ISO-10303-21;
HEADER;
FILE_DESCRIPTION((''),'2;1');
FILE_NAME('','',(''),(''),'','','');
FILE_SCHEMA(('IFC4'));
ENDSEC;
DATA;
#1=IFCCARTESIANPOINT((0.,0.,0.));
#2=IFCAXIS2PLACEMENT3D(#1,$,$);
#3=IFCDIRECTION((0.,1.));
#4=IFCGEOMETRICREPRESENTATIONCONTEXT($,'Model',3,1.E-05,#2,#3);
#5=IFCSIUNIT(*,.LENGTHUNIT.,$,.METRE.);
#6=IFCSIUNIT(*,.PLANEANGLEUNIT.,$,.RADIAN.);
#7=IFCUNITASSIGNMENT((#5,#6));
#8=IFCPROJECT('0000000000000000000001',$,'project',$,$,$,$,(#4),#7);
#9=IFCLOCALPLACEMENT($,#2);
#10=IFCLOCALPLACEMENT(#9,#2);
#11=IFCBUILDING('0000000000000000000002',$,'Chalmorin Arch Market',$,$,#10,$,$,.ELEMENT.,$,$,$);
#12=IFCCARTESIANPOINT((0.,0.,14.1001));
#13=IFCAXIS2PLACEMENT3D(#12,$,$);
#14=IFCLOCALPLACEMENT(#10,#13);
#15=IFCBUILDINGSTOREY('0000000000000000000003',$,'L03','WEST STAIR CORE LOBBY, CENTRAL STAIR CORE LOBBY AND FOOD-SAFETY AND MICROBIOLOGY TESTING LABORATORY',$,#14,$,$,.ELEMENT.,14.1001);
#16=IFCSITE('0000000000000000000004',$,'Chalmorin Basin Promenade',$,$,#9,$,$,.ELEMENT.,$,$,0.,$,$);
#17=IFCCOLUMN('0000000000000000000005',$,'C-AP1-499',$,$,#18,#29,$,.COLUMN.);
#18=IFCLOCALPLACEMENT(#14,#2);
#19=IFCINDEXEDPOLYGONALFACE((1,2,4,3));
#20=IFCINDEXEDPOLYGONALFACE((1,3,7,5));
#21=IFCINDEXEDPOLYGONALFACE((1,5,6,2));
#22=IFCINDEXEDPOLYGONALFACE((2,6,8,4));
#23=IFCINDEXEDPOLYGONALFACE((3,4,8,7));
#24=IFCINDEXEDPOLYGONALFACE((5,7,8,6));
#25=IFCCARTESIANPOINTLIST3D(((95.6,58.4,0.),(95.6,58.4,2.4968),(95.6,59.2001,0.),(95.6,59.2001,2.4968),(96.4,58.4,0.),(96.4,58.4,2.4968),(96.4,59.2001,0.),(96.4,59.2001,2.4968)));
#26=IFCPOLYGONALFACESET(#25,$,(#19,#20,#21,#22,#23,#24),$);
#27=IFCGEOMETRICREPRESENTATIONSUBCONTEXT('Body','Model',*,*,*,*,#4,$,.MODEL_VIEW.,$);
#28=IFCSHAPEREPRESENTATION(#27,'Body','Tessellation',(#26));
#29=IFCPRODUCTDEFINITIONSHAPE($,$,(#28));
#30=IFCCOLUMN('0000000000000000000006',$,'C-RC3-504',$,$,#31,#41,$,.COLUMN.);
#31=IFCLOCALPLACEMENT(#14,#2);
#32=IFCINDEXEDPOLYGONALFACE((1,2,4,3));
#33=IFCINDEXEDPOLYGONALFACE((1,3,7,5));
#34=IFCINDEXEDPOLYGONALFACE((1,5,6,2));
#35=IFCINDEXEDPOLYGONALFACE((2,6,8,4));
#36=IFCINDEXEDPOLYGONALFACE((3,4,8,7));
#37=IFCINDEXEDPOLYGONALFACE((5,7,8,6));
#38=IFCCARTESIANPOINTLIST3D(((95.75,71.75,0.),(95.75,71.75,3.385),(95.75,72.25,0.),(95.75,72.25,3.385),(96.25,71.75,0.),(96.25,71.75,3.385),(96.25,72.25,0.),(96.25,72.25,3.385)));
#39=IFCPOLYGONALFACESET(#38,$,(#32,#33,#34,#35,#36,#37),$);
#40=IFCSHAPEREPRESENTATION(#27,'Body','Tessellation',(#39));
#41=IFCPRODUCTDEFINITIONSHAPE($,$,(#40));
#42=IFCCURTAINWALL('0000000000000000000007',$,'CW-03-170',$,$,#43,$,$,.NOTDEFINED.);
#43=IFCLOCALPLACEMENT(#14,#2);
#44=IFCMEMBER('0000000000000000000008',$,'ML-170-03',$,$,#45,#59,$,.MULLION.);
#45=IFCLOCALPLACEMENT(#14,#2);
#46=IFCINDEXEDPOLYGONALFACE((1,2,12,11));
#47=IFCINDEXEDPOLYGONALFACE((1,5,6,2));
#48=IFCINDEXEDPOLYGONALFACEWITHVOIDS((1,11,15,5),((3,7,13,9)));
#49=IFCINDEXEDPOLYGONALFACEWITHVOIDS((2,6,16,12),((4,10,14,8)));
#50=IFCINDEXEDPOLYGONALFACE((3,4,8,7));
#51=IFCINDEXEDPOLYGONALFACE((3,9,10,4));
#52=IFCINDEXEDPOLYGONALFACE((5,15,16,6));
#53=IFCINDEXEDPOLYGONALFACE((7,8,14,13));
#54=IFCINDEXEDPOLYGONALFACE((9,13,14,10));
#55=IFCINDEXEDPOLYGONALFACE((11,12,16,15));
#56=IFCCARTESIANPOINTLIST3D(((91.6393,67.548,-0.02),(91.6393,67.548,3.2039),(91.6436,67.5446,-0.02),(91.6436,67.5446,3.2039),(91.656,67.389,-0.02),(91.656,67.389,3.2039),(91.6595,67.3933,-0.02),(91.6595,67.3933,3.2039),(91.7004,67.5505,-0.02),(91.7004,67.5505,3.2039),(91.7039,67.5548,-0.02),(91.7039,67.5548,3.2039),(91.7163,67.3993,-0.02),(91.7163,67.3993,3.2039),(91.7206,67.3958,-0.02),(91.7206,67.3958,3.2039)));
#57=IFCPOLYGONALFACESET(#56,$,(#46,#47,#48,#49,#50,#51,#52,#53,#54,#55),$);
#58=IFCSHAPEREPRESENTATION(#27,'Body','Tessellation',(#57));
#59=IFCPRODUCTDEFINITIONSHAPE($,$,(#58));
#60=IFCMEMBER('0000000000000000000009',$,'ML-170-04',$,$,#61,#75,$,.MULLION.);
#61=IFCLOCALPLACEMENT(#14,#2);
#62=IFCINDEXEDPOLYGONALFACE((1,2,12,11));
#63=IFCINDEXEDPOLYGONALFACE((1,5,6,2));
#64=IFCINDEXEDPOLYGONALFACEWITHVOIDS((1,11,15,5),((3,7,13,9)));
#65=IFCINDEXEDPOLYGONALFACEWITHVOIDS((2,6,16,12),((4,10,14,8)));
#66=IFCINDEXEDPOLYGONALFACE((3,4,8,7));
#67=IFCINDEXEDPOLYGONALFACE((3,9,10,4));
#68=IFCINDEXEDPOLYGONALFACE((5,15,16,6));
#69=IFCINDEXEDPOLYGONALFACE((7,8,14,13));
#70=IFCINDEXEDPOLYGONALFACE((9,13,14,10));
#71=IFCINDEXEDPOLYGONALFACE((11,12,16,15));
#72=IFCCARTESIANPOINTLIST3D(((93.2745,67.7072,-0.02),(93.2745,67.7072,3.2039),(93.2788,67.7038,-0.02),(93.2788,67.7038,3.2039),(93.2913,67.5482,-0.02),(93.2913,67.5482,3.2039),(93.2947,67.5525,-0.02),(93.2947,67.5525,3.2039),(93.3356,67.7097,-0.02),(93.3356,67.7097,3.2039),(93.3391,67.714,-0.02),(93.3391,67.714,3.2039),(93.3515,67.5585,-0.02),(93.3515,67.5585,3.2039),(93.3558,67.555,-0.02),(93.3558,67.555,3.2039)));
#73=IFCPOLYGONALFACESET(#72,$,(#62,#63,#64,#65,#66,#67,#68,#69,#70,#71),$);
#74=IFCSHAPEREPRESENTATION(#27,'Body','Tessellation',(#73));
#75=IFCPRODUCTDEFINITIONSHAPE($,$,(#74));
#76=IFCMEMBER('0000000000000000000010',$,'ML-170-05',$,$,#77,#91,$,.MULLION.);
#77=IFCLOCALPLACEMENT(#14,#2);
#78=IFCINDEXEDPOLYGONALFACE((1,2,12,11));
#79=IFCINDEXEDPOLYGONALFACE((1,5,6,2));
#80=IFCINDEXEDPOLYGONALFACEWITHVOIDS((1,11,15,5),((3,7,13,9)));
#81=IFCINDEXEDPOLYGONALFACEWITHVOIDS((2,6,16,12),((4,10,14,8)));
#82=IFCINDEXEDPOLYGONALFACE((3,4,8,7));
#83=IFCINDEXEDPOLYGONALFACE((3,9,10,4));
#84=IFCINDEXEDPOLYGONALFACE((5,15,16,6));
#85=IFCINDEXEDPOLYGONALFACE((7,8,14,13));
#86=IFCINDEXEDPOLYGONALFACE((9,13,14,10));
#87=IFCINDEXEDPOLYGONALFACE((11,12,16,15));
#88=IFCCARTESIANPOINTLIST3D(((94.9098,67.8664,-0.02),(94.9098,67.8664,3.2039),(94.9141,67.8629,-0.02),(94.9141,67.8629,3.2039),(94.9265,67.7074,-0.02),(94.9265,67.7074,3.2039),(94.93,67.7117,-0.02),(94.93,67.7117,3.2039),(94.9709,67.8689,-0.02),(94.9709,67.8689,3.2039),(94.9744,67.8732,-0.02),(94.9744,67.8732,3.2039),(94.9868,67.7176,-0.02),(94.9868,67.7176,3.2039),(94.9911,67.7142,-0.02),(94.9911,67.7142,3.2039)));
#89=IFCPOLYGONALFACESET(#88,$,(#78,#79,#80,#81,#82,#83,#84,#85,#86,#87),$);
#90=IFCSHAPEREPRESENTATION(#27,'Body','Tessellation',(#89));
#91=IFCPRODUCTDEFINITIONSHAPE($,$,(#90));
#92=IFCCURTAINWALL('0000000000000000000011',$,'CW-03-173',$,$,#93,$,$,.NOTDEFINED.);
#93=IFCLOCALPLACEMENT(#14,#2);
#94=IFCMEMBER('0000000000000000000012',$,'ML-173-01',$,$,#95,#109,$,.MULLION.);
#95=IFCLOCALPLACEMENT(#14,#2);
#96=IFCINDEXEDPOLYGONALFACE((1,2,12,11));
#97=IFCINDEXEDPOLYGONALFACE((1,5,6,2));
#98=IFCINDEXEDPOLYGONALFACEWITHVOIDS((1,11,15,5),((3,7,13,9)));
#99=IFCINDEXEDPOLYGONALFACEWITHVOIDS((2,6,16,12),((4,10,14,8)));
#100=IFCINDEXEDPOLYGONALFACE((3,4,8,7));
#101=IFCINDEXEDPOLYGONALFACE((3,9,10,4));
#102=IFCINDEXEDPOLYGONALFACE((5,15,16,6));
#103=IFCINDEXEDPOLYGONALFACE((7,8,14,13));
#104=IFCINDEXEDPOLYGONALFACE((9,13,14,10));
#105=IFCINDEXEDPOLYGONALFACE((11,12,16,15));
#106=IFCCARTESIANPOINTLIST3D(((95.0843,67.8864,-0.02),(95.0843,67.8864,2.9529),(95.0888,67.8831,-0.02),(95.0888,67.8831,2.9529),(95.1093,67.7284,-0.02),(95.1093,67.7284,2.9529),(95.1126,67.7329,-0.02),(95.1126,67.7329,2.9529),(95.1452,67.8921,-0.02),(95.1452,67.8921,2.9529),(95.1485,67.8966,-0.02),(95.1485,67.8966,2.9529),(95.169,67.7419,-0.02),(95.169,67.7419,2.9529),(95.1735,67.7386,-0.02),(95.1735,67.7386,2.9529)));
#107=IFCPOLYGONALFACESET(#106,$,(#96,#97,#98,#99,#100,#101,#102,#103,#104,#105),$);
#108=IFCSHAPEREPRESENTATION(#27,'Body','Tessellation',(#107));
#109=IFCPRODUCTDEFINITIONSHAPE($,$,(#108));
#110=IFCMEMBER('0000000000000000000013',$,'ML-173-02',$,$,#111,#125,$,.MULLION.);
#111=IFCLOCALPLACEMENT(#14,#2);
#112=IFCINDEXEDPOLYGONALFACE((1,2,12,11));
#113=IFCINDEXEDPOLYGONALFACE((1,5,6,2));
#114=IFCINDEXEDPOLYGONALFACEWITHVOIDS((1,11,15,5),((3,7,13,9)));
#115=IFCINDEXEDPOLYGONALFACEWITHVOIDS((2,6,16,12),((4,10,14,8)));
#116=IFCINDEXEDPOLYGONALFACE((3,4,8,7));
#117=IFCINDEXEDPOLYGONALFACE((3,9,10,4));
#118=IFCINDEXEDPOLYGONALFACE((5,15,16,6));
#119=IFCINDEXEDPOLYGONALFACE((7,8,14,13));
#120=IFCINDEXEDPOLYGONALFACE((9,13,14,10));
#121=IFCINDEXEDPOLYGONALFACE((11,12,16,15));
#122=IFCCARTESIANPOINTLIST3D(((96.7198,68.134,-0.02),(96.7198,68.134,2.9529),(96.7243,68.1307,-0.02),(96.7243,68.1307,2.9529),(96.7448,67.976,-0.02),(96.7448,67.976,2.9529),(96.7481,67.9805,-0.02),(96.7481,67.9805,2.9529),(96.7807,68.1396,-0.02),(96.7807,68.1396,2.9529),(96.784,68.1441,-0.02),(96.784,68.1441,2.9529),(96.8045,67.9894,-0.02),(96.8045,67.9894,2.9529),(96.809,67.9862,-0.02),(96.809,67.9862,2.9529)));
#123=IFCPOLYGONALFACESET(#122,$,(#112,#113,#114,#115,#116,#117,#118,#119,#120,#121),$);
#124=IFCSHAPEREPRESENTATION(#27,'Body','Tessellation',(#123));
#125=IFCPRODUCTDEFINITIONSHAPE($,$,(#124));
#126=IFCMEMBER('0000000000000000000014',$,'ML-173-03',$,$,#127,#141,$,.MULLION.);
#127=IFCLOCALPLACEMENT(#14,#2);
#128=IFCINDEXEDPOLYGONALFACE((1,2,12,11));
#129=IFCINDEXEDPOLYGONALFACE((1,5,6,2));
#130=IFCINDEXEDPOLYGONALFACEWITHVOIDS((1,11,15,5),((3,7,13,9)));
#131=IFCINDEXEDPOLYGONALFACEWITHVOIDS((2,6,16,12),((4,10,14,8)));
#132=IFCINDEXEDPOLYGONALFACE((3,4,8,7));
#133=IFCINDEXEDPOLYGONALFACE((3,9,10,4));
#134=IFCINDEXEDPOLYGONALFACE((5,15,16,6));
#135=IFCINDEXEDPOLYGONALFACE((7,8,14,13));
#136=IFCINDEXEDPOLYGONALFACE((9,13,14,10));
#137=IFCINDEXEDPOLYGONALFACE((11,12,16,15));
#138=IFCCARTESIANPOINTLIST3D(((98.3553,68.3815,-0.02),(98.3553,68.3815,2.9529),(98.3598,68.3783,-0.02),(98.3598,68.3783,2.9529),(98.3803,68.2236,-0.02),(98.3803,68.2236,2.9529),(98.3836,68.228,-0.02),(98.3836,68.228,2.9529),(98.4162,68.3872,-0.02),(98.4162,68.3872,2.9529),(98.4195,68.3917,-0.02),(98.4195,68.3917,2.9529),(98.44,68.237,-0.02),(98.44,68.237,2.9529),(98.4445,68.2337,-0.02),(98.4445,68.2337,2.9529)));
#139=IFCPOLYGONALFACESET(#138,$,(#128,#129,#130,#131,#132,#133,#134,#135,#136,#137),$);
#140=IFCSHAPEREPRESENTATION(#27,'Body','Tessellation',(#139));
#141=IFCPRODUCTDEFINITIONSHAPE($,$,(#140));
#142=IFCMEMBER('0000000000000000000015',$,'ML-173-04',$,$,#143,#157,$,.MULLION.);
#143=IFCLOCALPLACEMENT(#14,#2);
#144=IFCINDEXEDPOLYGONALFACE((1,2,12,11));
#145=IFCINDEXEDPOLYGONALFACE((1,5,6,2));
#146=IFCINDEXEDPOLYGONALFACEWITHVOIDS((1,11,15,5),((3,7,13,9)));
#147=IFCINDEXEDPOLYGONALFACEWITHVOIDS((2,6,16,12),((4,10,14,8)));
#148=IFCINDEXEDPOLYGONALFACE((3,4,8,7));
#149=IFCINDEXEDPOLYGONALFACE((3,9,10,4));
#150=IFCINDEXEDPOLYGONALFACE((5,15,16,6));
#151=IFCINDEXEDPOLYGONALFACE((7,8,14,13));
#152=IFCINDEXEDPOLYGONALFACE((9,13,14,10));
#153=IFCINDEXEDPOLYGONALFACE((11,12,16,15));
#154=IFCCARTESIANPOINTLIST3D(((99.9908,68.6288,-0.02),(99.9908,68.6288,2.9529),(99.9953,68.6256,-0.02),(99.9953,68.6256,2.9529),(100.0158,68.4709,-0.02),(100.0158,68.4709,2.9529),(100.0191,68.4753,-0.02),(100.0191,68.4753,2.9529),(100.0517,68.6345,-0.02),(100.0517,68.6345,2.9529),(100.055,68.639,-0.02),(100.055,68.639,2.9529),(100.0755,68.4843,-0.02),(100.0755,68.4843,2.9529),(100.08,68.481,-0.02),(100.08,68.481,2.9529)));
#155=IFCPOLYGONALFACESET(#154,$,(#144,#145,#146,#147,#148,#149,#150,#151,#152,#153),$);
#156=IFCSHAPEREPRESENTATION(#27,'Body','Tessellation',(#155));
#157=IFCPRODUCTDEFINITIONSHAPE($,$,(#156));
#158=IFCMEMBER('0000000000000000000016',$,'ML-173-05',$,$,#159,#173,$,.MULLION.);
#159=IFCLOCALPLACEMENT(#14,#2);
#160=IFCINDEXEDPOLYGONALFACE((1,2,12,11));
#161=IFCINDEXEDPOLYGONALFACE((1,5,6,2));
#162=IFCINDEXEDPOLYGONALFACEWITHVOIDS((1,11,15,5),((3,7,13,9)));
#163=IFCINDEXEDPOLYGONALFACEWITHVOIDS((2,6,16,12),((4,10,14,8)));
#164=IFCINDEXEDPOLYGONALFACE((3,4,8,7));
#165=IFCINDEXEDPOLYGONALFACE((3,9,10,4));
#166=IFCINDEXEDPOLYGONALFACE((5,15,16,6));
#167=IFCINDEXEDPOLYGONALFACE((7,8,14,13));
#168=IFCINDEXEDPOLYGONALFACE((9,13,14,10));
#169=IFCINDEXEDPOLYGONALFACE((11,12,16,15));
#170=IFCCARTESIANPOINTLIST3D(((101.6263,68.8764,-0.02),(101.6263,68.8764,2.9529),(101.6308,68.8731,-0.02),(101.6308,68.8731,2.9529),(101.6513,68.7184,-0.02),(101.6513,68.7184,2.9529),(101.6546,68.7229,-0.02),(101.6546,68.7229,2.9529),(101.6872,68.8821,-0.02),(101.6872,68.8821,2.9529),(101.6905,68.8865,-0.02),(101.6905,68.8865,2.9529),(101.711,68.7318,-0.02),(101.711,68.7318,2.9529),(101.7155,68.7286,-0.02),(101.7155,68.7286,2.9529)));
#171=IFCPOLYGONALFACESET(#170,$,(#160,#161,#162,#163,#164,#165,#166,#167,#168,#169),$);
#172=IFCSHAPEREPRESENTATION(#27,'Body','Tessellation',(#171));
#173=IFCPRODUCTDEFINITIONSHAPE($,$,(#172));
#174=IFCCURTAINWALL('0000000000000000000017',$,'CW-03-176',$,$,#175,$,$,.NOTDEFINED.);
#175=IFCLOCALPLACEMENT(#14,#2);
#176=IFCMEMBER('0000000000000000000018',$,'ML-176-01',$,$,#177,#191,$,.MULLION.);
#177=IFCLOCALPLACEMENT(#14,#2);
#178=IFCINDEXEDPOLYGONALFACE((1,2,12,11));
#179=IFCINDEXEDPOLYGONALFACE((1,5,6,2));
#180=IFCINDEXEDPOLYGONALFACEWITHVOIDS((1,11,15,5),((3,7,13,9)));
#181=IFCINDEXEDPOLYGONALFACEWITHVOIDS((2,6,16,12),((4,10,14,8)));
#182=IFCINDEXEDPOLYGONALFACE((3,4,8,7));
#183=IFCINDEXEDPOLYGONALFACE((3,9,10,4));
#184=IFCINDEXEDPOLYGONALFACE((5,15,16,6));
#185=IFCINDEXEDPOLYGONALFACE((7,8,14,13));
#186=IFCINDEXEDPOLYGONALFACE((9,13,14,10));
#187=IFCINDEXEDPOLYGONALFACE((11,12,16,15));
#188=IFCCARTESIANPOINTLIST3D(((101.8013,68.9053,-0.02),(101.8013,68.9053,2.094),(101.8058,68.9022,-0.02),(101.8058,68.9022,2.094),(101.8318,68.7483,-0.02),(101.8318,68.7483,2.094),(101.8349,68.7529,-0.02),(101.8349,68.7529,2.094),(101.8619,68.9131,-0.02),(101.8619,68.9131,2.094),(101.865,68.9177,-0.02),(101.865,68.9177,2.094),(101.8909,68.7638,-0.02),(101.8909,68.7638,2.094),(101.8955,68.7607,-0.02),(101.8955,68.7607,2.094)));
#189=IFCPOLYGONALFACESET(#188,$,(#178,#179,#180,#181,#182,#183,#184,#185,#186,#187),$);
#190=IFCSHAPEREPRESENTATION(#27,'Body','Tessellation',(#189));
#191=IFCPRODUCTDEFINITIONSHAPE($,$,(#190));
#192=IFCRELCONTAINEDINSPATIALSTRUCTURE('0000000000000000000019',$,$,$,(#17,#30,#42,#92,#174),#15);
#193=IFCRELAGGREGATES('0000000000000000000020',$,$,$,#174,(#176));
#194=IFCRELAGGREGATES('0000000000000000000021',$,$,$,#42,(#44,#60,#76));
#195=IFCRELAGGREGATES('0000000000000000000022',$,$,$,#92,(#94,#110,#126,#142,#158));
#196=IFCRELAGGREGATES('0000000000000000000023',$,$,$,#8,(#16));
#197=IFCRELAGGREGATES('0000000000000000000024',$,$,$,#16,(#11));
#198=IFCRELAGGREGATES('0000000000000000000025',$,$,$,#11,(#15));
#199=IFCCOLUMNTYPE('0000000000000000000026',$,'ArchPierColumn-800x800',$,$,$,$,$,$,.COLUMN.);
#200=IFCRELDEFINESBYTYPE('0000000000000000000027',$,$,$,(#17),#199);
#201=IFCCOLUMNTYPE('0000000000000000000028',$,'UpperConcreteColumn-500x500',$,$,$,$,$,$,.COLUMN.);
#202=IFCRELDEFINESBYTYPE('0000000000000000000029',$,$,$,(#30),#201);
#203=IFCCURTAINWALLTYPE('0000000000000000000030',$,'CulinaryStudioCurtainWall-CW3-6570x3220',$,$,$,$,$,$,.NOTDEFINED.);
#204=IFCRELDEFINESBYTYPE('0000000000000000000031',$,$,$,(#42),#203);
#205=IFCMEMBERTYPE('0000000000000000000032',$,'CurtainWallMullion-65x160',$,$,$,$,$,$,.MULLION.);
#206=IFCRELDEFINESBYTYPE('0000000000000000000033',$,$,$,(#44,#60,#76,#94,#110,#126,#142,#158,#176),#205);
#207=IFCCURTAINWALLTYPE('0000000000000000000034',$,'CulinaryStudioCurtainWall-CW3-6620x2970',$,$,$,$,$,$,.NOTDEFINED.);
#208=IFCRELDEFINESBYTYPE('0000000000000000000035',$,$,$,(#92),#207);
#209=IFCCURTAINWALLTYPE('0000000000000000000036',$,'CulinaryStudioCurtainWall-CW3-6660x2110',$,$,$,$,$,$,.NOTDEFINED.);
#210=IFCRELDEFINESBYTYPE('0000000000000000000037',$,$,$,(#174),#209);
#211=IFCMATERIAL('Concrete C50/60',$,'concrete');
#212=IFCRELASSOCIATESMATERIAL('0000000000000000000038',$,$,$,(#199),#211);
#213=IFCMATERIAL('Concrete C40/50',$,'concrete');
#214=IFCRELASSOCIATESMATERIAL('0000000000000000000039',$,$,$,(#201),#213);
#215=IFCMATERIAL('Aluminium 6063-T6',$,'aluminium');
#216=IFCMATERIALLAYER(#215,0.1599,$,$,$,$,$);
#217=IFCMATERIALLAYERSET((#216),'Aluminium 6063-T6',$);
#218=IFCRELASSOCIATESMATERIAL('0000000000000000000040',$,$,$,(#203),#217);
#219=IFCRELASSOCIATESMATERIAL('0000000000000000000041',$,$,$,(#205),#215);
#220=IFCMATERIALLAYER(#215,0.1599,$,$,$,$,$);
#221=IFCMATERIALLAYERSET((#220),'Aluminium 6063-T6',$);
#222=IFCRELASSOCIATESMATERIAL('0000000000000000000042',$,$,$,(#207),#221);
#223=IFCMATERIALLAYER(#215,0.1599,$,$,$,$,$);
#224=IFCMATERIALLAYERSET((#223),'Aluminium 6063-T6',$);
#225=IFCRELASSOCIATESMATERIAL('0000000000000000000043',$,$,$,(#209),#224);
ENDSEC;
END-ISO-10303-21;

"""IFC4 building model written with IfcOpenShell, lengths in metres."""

from ifc_helpers import new_model, si_unit, direction, frame, origin, origin_2d, place, context, subcontext, project, spatial, rectangle, hollow_rectangle, extrude, material, layer, layer_set, material_profile, profile_set, type_object, element, aggregate, save


model = new_model("IFC4")

# Units and contexts
model_context = context("Model", 3, precision=1e-05, world=origin(), true_north=direction((0.0, 1.0)))
body_context = subcontext(model_context, "Body", "Model", "MODEL_VIEW")
ifc_project = project(units=[si_unit("LENGTHUNIT", "METRE"), si_unit("PLANEANGLEUNIT", "RADIAN")], contexts=[model_context])

# Site, building, storey
site_placement = place(None, origin())
site = spatial("IfcSite", under=ifc_project, at=site_placement, Name="Chalmorin Basin Promenade", CompositionType="ELEMENT", RefElevation=0.0)
building_placement = place(site_placement, origin())
building = spatial("IfcBuilding", under=site, at=building_placement, Name="Chalmorin Arch Market", CompositionType="ELEMENT")
storey_placement = place(building_placement, frame((0.0, 0.0, 14.1001)))
storey = spatial("IfcBuildingStorey", under=building, at=storey_placement, Name="L03", Description="WEST STAIR CORE LOBBY, CENTRAL STAIR CORE LOBBY AND FOOD-SAFETY AND MICROBIOLOGY TESTING LABORATORY", CompositionType="ELEMENT", Elevation=14.1001)

# Columns
ifc_material_1 = material(Name="Concrete C50/60", Category="concrete")
ifc_material_profile_1 = material_profile(ifc_material_1, rectangle(XDim=0.8, YDim=0.8, at=origin_2d()), Name="RC800X800")
ifc_profile_set_1 = profile_set([ifc_material_profile_1], Name="Concrete C50/60")
column_type_1 = type_object("IfcColumnType", Name="ArchPierColumn-800x800", PredefinedType="COLUMN", material=ifc_profile_set_1)
column_1_placement = place(storey_placement, frame((96.0, 58.8, 0.0), z_axis=(0.0, 0.0, 1.0), x_axis=(1.0, 0.0, 0.0)))
element("IfcColumn", 1, at=column_1_placement, inside=storey, type_object=column_type_1, Name="C-AP1-499", PredefinedType="COLUMN", context=body_context, shape_type="SweptSolid", body=[
    extrude(rectangle(XDim=0.8, YDim=0.8, at=origin_2d()), origin(), (0.0, 0.0, 1.0), 2.4968),
])
ifc_material_2 = material(Name="Concrete C40/50", Category="concrete")
ifc_material_profile_2 = material_profile(ifc_material_2, rectangle(XDim=0.5, YDim=0.5, at=origin_2d()), Name="RC500X500")
ifc_profile_set_2 = profile_set([ifc_material_profile_2], Name="Concrete C40/50")
column_type_2 = type_object("IfcColumnType", Name="UpperConcreteColumn-500x500", PredefinedType="COLUMN", material=ifc_profile_set_2)
column_2_placement = place(storey_placement, frame((96.0, 72.0, 0.0), z_axis=(0.0, 0.0, 1.0), x_axis=(1.0, 0.0, 0.0)))
element("IfcColumn", 2, at=column_2_placement, inside=storey, type_object=column_type_2, Name="C-RC3-504", PredefinedType="COLUMN", context=body_context, shape_type="SweptSolid", body=[
    extrude(rectangle(XDim=0.5, YDim=0.5, at=origin_2d()), origin(), (0.0, 0.0, 1.0), 3.385),
])

# Curtain walls, members
ifc_material_3 = material(Name="Aluminium 6063-T6", Category="aluminium")
ifc_layer_1 = layer(ifc_material_3, 0.1599)
ifc_layer_set_1 = layer_set([ifc_layer_1], Name="Aluminium 6063-T6")
curtain_wall_type_1 = type_object("IfcCurtainWallType", Name="CulinaryStudioCurtainWall-CW3-6570x3220", PredefinedType="NOTDEFINED", material=ifc_layer_set_1)
curtain_wall_1_placement = place(storey_placement, origin())
curtain_wall_1 = element("IfcCurtainWall", 3, at=curtain_wall_1_placement, inside=storey, type_object=curtain_wall_type_1, Name="CW-03-170", PredefinedType="NOTDEFINED")
ifc_material_profile_3 = material_profile(ifc_material_3, hollow_rectangle(XDim=0.0649, YDim=0.1599, WallThickness=0.0039, at=origin_2d()), Name="ALU65X160X4")
ifc_profile_set_3 = profile_set([ifc_material_profile_3], Name="Aluminium 6063-T6")
member_type_1 = type_object("IfcMemberType", Name="CurtainWallMullion-65x160", PredefinedType="MULLION", material=ifc_profile_set_3)
member_1_placement = place(storey_placement, frame((91.6799, 67.4719, -0.02), z_axis=(0.0, 0.0, 1.0), x_axis=(0.994522, 0.104528, 0.0)))
member_1 = element("IfcMember", 4, at=member_1_placement, type_object=member_type_1, Name="ML-170-03", PredefinedType="MULLION", context=body_context, shape_type="SweptSolid", body=[
    extrude(hollow_rectangle(XDim=0.0649, YDim=0.1599, WallThickness=0.0039, at=origin_2d()), origin(), (0.0, 0.0, 1.0), 3.2239),
])
member_2_placement = place(storey_placement, frame((93.3152, 67.6311, -0.02), z_axis=(0.0, 0.0, 1.0), x_axis=(0.994522, 0.104528, 0.0)))
member_2 = element("IfcMember", 5, at=member_2_placement, type_object=member_type_1, Name="ML-170-04", PredefinedType="MULLION", context=body_context, shape_type="SweptSolid", body=[
    extrude(hollow_rectangle(XDim=0.0649, YDim=0.1599, WallThickness=0.0039, at=origin_2d()), origin(), (0.0, 0.0, 1.0), 3.2239),
])
member_3_placement = place(storey_placement, frame((94.9504, 67.7903, -0.02), z_axis=(0.0, 0.0, 1.0), x_axis=(0.994522, 0.104528, 0.0)))
member_3 = element("IfcMember", 6, at=member_3_placement, type_object=member_type_1, Name="ML-170-05", PredefinedType="MULLION", context=body_context, shape_type="SweptSolid", body=[
    extrude(hollow_rectangle(XDim=0.0649, YDim=0.1599, WallThickness=0.0039, at=origin_2d()), origin(), (0.0, 0.0, 1.0), 3.2239),
])
ifc_layer_2 = layer(ifc_material_3, 0.1599)
ifc_layer_set_2 = layer_set([ifc_layer_2], Name="Aluminium 6063-T6")
curtain_wall_type_2 = type_object("IfcCurtainWallType", Name="CulinaryStudioCurtainWall-CW3-6620x2970", PredefinedType="NOTDEFINED", material=ifc_layer_set_2)
curtain_wall_2_placement = place(storey_placement, origin())
curtain_wall_2 = element("IfcCurtainWall", 7, at=curtain_wall_2_placement, inside=storey, type_object=curtain_wall_type_2, Name="CW-03-173", PredefinedType="NOTDEFINED")
member_4_placement = place(storey_placement, frame((95.1289, 67.8125, -0.02), z_axis=(0.0, 0.0, 1.0), x_axis=(0.987688, 0.156434, 0.0)))
member_4 = element("IfcMember", 8, at=member_4_placement, type_object=member_type_1, Name="ML-173-01", PredefinedType="MULLION", context=body_context, shape_type="SweptSolid", body=[
    extrude(hollow_rectangle(XDim=0.0649, YDim=0.1599, WallThickness=0.0039, at=origin_2d()), origin(), (0.0, 0.0, 1.0), 2.9729),
])
member_5_placement = place(storey_placement, frame((96.7644, 68.0601, -0.02), z_axis=(0.0, 0.0, 1.0), x_axis=(0.987688, 0.156434, 0.0)))
member_5 = element("IfcMember", 9, at=member_5_placement, type_object=member_type_1, Name="ML-173-02", PredefinedType="MULLION", context=body_context, shape_type="SweptSolid", body=[
    extrude(hollow_rectangle(XDim=0.0649, YDim=0.1599, WallThickness=0.0039, at=origin_2d()), origin(), (0.0, 0.0, 1.0), 2.9729),
])
member_6_placement = place(storey_placement, frame((98.3999, 68.3076, -0.02), z_axis=(0.0, 0.0, 1.0), x_axis=(0.987688, 0.156434, 0.0)))
member_6 = element("IfcMember", 10, at=member_6_placement, type_object=member_type_1, Name="ML-173-03", PredefinedType="MULLION", context=body_context, shape_type="SweptSolid", body=[
    extrude(hollow_rectangle(XDim=0.0649, YDim=0.1599, WallThickness=0.0039, at=origin_2d()), origin(), (0.0, 0.0, 1.0), 2.9729),
])
member_7_placement = place(storey_placement, frame((100.0354, 68.5549, -0.02), z_axis=(0.0, 0.0, 1.0), x_axis=(0.987688, 0.156434, 0.0)))
member_7 = element("IfcMember", 11, at=member_7_placement, type_object=member_type_1, Name="ML-173-04", PredefinedType="MULLION", context=body_context, shape_type="SweptSolid", body=[
    extrude(hollow_rectangle(XDim=0.0649, YDim=0.1599, WallThickness=0.0039, at=origin_2d()), origin(), (0.0, 0.0, 1.0), 2.9729),
])
member_8_placement = place(storey_placement, frame((101.6709, 68.8025, -0.02), z_axis=(0.0, 0.0, 1.0), x_axis=(0.987688, 0.156434, 0.0)))
member_8 = element("IfcMember", 12, at=member_8_placement, type_object=member_type_1, Name="ML-173-05", PredefinedType="MULLION", context=body_context, shape_type="SweptSolid", body=[
    extrude(hollow_rectangle(XDim=0.0649, YDim=0.1599, WallThickness=0.0039, at=origin_2d()), origin(), (0.0, 0.0, 1.0), 2.9729),
])

# Curtain wall, member
ifc_layer_3 = layer(ifc_material_3, 0.1599)
ifc_layer_set_3 = layer_set([ifc_layer_3], Name="Aluminium 6063-T6")
curtain_wall_type_3 = type_object("IfcCurtainWallType", Name="CulinaryStudioCurtainWall-CW3-6660x2110", PredefinedType="NOTDEFINED", material=ifc_layer_set_3)
curtain_wall_3_placement = place(storey_placement, origin())
curtain_wall_3 = element("IfcCurtainWall", 13, at=curtain_wall_3_placement, inside=storey, type_object=curtain_wall_type_3, Name="CW-03-176", PredefinedType="NOTDEFINED")
member_9_placement = place(storey_placement, frame((101.8484, 68.833, -0.02), z_axis=(0.0, 0.0, 1.0), x_axis=(0.981627, 0.190809, 0.0)))
member_9 = element("IfcMember", 14, at=member_9_placement, type_object=member_type_1, Name="ML-176-01", PredefinedType="MULLION", context=body_context, shape_type="SweptSolid", body=[
    extrude(hollow_rectangle(XDim=0.0649, YDim=0.1599, WallThickness=0.0039, at=origin_2d()), origin(), (0.0, 0.0, 1.0), 2.114),
])

aggregate(curtain_wall_3, [member_9])

aggregate(curtain_wall_1, [member_1, member_2, member_3])
aggregate(curtain_wall_2, [member_4, member_5, member_6, member_7, member_8])

save(model, "model.ifc")
